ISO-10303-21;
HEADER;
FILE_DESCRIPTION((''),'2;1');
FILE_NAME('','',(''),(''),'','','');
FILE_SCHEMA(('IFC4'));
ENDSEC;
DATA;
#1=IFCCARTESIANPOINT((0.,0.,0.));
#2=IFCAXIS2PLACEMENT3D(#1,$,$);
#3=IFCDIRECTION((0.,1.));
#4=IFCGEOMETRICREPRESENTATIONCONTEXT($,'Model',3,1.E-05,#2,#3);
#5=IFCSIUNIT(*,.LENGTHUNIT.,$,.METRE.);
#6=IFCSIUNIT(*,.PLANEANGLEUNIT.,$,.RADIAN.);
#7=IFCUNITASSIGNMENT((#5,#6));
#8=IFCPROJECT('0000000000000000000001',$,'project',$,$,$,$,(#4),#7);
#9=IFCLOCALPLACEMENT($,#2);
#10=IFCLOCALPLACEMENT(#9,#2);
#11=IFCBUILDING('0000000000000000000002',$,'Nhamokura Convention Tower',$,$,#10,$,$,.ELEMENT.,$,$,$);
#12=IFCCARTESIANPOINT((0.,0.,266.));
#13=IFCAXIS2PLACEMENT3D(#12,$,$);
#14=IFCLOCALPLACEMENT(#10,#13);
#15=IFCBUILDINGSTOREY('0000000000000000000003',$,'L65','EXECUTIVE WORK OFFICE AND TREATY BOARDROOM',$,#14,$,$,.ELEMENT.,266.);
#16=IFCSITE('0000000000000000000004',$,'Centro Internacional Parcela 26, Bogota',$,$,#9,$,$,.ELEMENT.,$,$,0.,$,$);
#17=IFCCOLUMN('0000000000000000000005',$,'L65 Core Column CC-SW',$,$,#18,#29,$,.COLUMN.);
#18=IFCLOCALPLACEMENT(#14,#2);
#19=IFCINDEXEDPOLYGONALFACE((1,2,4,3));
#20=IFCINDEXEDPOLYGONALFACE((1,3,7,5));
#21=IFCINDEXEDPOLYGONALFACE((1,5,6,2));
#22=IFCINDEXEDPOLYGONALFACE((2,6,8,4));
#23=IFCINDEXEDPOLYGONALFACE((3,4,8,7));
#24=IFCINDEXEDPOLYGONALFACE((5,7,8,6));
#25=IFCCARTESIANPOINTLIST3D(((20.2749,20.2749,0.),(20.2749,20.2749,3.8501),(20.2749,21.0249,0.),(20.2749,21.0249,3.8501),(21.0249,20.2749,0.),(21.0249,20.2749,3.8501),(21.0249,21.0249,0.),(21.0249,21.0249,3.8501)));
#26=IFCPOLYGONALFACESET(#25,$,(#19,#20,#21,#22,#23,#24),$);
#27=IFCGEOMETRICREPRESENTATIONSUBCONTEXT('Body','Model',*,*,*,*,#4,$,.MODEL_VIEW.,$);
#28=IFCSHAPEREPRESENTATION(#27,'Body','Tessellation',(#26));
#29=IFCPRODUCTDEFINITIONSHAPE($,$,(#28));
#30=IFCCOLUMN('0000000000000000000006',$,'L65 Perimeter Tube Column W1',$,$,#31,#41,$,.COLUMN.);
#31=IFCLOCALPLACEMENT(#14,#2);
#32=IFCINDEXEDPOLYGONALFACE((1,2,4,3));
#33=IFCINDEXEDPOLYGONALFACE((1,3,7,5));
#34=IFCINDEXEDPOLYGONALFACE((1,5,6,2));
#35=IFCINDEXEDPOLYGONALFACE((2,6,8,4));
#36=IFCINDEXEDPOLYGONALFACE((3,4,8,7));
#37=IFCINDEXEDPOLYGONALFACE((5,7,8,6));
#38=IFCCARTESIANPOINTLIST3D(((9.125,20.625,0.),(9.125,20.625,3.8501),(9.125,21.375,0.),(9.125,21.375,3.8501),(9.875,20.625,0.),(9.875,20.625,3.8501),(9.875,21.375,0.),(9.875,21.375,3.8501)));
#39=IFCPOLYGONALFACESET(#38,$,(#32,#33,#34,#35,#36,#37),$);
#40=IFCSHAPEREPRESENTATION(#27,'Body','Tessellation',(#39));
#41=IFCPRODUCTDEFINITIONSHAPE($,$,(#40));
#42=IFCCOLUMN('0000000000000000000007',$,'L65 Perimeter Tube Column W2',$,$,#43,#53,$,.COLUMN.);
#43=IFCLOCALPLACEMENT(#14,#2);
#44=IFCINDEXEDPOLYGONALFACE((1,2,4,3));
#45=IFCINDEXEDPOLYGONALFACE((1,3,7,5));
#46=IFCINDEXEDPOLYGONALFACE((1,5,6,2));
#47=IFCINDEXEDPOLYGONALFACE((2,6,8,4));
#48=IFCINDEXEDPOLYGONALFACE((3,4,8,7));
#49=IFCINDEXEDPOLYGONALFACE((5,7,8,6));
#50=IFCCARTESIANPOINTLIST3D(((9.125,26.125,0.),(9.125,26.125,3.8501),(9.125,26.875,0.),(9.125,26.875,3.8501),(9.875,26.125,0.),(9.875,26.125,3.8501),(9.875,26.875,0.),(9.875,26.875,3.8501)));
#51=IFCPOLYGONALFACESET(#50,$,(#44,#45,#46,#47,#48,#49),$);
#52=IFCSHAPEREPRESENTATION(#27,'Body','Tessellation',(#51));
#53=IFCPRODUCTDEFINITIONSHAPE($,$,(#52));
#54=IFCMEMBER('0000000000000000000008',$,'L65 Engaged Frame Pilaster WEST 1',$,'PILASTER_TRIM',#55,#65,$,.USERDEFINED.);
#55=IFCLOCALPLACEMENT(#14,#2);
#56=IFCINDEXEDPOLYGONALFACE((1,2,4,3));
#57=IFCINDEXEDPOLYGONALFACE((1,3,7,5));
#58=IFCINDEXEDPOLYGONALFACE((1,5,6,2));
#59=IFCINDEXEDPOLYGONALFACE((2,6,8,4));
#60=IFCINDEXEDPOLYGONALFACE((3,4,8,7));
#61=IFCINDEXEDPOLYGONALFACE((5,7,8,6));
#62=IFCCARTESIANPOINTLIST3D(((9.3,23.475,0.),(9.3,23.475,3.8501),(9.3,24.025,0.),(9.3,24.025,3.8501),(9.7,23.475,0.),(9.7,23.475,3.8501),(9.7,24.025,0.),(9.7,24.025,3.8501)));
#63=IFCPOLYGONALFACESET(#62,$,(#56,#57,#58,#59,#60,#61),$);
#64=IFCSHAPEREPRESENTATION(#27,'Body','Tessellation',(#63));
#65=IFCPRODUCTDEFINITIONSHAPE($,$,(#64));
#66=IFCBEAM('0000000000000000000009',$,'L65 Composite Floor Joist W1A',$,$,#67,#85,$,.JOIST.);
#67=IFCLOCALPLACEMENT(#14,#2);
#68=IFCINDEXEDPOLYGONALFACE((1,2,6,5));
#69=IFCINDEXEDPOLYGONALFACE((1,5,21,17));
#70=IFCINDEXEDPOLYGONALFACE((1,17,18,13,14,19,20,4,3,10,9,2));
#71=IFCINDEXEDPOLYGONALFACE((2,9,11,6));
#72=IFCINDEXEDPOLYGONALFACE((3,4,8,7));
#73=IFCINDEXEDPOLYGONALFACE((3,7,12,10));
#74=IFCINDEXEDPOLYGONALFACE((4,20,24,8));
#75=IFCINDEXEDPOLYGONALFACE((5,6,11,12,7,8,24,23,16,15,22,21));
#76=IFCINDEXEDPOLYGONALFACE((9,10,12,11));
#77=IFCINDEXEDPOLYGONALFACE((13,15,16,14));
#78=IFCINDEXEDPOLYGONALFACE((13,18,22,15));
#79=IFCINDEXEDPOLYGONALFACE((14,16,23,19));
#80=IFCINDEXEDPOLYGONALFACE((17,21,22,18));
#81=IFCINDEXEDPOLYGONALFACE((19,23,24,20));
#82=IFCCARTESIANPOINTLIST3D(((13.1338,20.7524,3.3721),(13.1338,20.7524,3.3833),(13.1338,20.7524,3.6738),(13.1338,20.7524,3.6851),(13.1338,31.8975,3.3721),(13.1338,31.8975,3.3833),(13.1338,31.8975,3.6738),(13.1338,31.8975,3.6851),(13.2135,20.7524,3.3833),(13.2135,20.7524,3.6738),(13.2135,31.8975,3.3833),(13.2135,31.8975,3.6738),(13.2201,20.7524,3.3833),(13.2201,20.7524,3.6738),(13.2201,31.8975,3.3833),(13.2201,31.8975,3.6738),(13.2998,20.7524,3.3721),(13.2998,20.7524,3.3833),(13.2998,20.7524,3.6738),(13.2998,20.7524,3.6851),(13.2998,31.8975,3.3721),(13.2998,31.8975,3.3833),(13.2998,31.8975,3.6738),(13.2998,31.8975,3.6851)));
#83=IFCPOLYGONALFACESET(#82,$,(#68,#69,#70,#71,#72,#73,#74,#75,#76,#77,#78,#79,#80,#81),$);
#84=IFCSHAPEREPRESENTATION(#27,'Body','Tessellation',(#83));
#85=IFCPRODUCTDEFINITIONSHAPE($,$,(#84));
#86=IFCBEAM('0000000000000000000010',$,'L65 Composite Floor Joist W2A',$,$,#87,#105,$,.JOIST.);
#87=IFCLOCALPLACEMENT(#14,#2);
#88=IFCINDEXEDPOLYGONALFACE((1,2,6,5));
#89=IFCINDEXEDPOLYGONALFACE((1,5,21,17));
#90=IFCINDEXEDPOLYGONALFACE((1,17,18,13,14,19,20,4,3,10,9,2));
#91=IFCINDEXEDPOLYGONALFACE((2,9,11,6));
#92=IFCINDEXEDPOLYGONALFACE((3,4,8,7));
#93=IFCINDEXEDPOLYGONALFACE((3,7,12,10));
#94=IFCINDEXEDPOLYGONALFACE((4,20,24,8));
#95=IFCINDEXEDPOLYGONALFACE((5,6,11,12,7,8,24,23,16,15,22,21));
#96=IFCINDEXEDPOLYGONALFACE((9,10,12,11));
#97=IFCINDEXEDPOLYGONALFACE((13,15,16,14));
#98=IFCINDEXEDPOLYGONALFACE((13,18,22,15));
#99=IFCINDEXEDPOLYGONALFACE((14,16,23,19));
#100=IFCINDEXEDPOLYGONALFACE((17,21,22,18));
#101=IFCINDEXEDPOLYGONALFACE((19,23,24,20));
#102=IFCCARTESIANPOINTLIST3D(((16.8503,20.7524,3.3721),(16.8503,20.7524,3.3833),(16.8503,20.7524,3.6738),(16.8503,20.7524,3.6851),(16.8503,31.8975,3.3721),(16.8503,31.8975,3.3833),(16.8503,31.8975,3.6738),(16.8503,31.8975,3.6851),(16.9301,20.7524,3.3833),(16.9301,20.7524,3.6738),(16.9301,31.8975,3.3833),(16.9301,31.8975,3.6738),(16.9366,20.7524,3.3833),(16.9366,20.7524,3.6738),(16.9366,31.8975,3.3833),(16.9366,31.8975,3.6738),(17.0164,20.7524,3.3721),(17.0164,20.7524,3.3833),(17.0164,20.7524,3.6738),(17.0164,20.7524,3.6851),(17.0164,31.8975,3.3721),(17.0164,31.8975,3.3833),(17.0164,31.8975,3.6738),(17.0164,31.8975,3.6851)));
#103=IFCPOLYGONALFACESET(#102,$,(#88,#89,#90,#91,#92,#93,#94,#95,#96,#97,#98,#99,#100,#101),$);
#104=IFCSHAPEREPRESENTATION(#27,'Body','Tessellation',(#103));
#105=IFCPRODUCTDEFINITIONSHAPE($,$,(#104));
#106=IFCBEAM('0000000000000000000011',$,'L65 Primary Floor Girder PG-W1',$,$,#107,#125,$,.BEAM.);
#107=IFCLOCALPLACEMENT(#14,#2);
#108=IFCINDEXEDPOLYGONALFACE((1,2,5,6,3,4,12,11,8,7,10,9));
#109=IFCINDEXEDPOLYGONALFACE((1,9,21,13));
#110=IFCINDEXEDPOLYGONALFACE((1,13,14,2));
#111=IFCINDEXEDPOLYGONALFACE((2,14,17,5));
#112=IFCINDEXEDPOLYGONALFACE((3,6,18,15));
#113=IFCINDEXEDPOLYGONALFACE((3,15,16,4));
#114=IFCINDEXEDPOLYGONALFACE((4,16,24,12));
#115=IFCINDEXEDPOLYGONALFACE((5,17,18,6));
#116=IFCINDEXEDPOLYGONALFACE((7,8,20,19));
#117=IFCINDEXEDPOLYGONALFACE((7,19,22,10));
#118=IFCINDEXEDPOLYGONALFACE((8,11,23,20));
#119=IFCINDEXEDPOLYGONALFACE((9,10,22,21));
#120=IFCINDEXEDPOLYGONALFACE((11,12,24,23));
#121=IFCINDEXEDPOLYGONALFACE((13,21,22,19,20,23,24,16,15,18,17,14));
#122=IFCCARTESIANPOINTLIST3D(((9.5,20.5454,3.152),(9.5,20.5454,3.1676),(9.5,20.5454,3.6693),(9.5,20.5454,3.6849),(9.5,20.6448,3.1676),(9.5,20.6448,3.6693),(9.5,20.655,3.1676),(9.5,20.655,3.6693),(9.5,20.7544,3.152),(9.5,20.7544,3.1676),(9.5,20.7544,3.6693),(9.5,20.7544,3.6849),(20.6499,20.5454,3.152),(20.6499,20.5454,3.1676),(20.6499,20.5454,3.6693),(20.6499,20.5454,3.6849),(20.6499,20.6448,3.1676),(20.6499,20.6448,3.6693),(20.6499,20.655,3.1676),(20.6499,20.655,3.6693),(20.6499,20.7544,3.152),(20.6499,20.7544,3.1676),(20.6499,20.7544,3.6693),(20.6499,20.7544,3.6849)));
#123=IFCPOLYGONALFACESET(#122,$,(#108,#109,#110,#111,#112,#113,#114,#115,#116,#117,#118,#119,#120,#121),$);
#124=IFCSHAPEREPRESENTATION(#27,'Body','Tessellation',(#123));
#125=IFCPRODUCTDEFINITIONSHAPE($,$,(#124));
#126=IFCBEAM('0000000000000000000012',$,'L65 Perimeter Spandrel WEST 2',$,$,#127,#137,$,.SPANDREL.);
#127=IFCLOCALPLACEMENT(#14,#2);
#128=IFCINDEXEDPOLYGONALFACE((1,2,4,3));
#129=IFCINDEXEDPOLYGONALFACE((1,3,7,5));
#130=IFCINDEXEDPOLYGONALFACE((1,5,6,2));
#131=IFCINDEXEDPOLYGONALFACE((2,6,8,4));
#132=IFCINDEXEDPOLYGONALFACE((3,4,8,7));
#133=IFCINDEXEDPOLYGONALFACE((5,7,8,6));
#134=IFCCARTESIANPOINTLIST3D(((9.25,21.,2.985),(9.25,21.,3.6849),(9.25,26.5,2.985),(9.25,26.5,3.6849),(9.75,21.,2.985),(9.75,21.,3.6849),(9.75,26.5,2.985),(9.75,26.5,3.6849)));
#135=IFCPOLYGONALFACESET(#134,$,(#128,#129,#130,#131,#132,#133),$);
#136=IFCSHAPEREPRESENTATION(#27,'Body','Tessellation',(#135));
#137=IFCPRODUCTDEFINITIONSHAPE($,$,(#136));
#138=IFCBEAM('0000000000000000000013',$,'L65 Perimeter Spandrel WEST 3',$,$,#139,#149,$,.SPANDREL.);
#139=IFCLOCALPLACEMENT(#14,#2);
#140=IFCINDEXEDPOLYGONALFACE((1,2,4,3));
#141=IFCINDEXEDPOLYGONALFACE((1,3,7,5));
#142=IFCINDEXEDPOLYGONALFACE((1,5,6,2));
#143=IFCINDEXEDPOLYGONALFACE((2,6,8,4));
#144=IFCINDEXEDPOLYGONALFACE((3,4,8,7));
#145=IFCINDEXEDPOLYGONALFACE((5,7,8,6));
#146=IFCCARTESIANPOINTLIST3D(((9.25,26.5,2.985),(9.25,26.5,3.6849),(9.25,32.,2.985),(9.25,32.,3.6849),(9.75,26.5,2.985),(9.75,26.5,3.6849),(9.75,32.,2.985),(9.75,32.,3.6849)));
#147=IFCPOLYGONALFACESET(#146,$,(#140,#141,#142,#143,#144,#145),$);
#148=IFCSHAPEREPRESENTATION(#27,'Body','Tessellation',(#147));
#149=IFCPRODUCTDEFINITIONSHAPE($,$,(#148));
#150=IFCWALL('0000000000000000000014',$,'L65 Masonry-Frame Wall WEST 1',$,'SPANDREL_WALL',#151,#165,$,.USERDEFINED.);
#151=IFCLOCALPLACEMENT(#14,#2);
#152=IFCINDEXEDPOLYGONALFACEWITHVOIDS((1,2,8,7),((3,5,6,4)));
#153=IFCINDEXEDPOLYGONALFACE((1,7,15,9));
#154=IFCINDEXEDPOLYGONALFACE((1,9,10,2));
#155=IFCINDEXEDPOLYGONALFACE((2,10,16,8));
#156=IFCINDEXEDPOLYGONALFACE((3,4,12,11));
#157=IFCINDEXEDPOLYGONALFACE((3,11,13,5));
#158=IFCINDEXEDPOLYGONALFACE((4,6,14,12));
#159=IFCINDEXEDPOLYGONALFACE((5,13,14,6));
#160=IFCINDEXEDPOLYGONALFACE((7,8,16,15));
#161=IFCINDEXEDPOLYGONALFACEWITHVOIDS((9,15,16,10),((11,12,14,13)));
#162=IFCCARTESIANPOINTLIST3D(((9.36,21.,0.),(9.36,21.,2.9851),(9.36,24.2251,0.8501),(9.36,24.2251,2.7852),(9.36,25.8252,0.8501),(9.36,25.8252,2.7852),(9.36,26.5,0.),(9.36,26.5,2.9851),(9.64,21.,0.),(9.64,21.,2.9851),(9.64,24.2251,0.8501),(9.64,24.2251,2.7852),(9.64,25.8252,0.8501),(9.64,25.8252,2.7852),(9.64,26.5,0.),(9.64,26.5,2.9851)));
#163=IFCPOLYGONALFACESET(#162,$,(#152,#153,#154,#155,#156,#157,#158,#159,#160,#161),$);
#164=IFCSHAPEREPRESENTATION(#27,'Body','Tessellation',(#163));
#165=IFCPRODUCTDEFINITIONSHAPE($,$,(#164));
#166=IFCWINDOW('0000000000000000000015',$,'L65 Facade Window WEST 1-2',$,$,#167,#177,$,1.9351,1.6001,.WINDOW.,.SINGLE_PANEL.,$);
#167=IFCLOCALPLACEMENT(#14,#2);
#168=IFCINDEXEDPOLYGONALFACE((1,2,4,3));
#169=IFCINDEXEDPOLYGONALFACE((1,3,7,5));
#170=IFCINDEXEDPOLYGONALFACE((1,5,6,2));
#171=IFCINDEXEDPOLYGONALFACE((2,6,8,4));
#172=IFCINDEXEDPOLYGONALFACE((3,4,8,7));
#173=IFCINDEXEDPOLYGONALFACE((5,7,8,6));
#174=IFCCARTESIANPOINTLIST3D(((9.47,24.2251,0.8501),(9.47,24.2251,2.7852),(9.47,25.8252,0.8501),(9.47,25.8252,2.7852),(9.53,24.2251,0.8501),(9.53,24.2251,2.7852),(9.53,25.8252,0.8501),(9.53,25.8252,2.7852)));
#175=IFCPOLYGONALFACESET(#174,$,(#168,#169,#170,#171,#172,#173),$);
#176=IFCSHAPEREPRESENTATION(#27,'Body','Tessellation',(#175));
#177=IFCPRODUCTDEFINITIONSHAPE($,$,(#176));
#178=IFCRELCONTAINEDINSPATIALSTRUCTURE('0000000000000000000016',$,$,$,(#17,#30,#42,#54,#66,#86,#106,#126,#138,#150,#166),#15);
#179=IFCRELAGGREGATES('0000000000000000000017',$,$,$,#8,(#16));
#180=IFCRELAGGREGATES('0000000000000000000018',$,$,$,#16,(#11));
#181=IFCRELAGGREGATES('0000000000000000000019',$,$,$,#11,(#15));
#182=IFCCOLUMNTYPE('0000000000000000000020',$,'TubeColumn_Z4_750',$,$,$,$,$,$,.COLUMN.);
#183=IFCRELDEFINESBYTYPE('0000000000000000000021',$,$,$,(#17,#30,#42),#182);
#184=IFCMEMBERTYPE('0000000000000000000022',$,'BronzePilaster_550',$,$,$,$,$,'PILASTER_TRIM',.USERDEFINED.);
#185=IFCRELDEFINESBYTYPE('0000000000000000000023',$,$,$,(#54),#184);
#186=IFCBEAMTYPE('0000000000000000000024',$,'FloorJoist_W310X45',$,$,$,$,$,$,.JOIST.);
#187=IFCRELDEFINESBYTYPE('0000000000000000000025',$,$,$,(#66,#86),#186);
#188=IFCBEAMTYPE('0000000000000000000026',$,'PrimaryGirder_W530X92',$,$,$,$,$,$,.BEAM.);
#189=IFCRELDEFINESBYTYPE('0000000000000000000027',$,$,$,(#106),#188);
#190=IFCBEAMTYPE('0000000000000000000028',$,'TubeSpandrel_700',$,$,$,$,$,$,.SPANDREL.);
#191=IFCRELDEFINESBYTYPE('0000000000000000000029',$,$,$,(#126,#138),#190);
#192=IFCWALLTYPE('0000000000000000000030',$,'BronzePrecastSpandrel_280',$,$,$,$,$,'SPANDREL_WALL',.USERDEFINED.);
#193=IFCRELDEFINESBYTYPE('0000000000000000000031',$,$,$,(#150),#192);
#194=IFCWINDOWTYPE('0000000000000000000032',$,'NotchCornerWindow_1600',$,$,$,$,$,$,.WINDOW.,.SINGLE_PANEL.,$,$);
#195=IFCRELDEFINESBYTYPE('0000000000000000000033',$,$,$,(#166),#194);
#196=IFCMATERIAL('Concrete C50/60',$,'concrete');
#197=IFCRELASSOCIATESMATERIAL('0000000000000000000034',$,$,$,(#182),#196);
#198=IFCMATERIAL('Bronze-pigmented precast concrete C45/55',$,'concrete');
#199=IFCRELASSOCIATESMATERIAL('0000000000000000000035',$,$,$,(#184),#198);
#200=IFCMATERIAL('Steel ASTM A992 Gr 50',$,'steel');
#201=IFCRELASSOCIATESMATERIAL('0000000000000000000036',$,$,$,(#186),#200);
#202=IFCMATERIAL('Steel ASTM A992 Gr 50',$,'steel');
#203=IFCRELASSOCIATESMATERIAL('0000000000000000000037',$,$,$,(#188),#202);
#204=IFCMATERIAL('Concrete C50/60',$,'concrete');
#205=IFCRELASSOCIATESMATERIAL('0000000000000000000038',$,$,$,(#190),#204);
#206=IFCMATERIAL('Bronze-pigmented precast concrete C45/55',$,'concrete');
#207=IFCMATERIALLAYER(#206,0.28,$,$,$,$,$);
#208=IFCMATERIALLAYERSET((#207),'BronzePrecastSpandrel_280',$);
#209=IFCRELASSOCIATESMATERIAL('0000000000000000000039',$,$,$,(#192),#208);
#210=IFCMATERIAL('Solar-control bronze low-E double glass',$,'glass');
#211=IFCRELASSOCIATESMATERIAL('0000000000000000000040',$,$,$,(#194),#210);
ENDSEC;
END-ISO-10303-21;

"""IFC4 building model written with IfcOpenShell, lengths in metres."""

from ifc_helpers import new_model, si_unit, direction, frame, frame_2d, origin, origin_2d, place, context, subcontext, project, spatial, rectangle, i_section, extrude, material, layer, layer_set, material_profile, profile_set, type_object, element, fill, save


model = new_model("IFC4")

# Units and contexts
model_context = context("Model", 3, precision=1e-05, world=origin(), true_north=direction((0.0, 1.0)))
body_context = subcontext(model_context, "Body", "Model", "MODEL_VIEW")
ifc_project = project(units=[si_unit("LENGTHUNIT", "METRE"), si_unit("PLANEANGLEUNIT", "RADIAN")], contexts=[model_context])

# Site, building, storey
site_placement = place(None, origin())
site = spatial("IfcSite", under=ifc_project, at=site_placement, Name="Centro Internacional Parcela 26, Bogota", CompositionType="ELEMENT", RefElevation=0.0)
building_placement = place(site_placement, origin())
building = spatial("IfcBuilding", under=site, at=building_placement, Name="Nhamokura Convention Tower", CompositionType="ELEMENT")
storey_placement = place(building_placement, frame((0.0, 0.0, 266.0)))
storey = spatial("IfcBuildingStorey", under=building, at=storey_placement, Name="L65", Description="EXECUTIVE WORK OFFICE AND TREATY BOARDROOM", CompositionType="ELEMENT", Elevation=266.0)

# Columns
ifc_material_1 = material(Name="Concrete C50/60", Category="concrete")
ifc_material_profile_1 = material_profile(ifc_material_1, rectangle(XDim=0.75, YDim=0.75, at=origin_2d()))
ifc_profile_set_1 = profile_set([ifc_material_profile_1], Name="Concrete C50/60")
column_type = type_object("IfcColumnType", Name="TubeColumn_Z4_750", PredefinedType="COLUMN", material=ifc_profile_set_1)
for number, where, z_axis, x_axis, name in (
    (1, (20.6499, 20.6499, 0.0), (0.0, 0.0, 1.0), (1.0, 0.0, 0.0), "L65 Core Column CC-SW"),
    (2, (9.5, 21.0, 0.0), (0.0, 0.0, 1.0), (1.0, 0.0, 0.0), "L65 Perimeter Tube Column W1"),
    (3, (9.5, 26.5, 0.0), (0.0, 0.0, 1.0), (1.0, 0.0, 0.0), "L65 Perimeter Tube Column W2"),
):
    element("IfcColumn", number, at=place(storey_placement, frame(where, z_axis=z_axis, x_axis=x_axis)), inside=storey, type_object=column_type, Name=name, PredefinedType="COLUMN", context=body_context, shape_type="SweptSolid", body=[
        extrude(rectangle(XDim=0.75, YDim=0.75, at=origin_2d()), origin(), (0.0, 0.0, 1.0), 3.8501),
    ])

# Member
ifc_material_2 = material(Name="Bronze-pigmented precast concrete C45/55", Category="concrete")
ifc_material_profile_2 = material_profile(ifc_material_2, rectangle(XDim=0.3999, YDim=0.55, at=origin_2d()))
ifc_profile_set_2 = profile_set([ifc_material_profile_2], Name="Bronze-pigmented precast concrete C45/55")
member_type = type_object("IfcMemberType", Name="BronzePilaster_550", ElementType="PILASTER_TRIM", PredefinedType="USERDEFINED", material=ifc_profile_set_2)
member_placement = place(storey_placement, frame((9.5, 23.75, 0.0), z_axis=(0.0, 0.0, 1.0), x_axis=(1.0, 0.0, 0.0)))
element("IfcMember", 4, at=member_placement, inside=storey, type_object=member_type, Name="L65 Engaged Frame Pilaster WEST 1", ObjectType="PILASTER_TRIM", PredefinedType="USERDEFINED", context=body_context, shape_type="SweptSolid", body=[
    extrude(rectangle(XDim=0.3999, YDim=0.55, at=origin_2d()), origin(), (0.0, 0.0, 1.0), 3.8501),
])

# Beams
ifc_material_3 = material(Name="Steel ASTM A992 Gr 50", Category="steel")
ifc_material_profile_3 = material_profile(ifc_material_3, i_section(OverallWidth=0.166, OverallDepth=0.313, WebThickness=0.0066, FlangeThickness=0.0112, at=origin_2d()))
ifc_profile_set_3 = profile_set([ifc_material_profile_3], Name="Steel ASTM A992 Gr 50")
beam_type_1 = type_object("IfcBeamType", Name="FloorJoist_W310X45", PredefinedType="JOIST", material=ifc_profile_set_3)
for number, where, z_axis, x_axis, name in (
    (5, (13.2168, 20.7524, 3.5286), (0.0, 1.0, 0.0), (-1.0, 0.0, 0.0), "L65 Composite Floor Joist W1A"),
    (6, (16.9333, 20.7524, 3.5286), (0.0, 1.0, 0.0), (-1.0, 0.0, 0.0), "L65 Composite Floor Joist W2A"),
):
    element("IfcBeam", number, at=place(storey_placement, frame(where, z_axis=z_axis, x_axis=x_axis)), inside=storey, type_object=beam_type_1, Name=name, PredefinedType="JOIST", context=body_context, shape_type="SweptSolid", body=[
        extrude(i_section(OverallWidth=0.166, OverallDepth=0.313, WebThickness=0.0066, FlangeThickness=0.0112, at=origin_2d()), origin(), (0.0, 0.0, 1.0), 11.145),
    ])
ifc_material_4 = material(Name="Steel ASTM A992 Gr 50", Category="steel")
ifc_material_profile_4 = material_profile(ifc_material_4, i_section(OverallWidth=0.209, OverallDepth=0.533, WebThickness=0.0103, FlangeThickness=0.0156, at=origin_2d()))
ifc_profile_set_4 = profile_set([ifc_material_profile_4], Name="Steel ASTM A992 Gr 50")
beam_type_2 = type_object("IfcBeamType", Name="PrimaryGirder_W530X92", PredefinedType="BEAM", material=ifc_profile_set_4)
beam_placement = place(storey_placement, frame((9.5, 20.6499, 3.4185), z_axis=(1.0, 0.0, 0.0), x_axis=(0.0, 1.0, 0.0)))
element("IfcBeam", 7, at=beam_placement, inside=storey, type_object=beam_type_2, Name="L65 Primary Floor Girder PG-W1", PredefinedType="BEAM", context=body_context, shape_type="SweptSolid", body=[
    extrude(i_section(OverallWidth=0.209, OverallDepth=0.533, WebThickness=0.0103, FlangeThickness=0.0156, at=origin_2d()), origin(), (0.0, 0.0, 1.0), 11.1499),
])
ifc_material_5 = material(Name="Concrete C50/60", Category="concrete")
ifc_material_profile_5 = material_profile(ifc_material_5, rectangle(XDim=0.5, YDim=0.7, at=origin_2d()))
ifc_profile_set_5 = profile_set([ifc_material_profile_5], Name="Concrete C50/60")
beam_type_3 = type_object("IfcBeamType", Name="TubeSpandrel_700", PredefinedType="SPANDREL", material=ifc_profile_set_5)
for number, where, z_axis, x_axis, name in (
    (8, (9.5, 21.0, 3.335), (0.0, 1.0, 0.0), (-1.0, 0.0, 0.0), "L65 Perimeter Spandrel WEST 2"),
    (9, (9.5, 26.5, 3.335), (0.0, 1.0, 0.0), (-1.0, 0.0, 0.0), "L65 Perimeter Spandrel WEST 3"),
):
    element("IfcBeam", number, at=place(storey_placement, frame(where, z_axis=z_axis, x_axis=x_axis)), inside=storey, type_object=beam_type_3, Name=name, PredefinedType="SPANDREL", context=body_context, shape_type="SweptSolid", body=[
        extrude(rectangle(XDim=0.5, YDim=0.7, at=origin_2d()), origin(), (0.0, 0.0, 1.0), 5.5),
    ])

# Wall, opening, window
ifc_material_6 = material(Name="Bronze-pigmented precast concrete C45/55", Category="concrete")
ifc_layer_1 = layer(ifc_material_6, 0.28)
ifc_layer_set_1 = layer_set([ifc_layer_1], Name="BronzePrecastSpandrel_280")
wall_type_1 = type_object("IfcWallType", Name="BronzePrecastSpandrel_280", ElementType="SPANDREL_WALL", PredefinedType="USERDEFINED", material=ifc_layer_set_1)
wall_1_placement = place(storey_placement, frame((9.5, 21.0, 0.0), z_axis=(0.0, 0.0, 1.0), x_axis=(0.0, 1.0, 0.0)))
wall_1 = element("IfcWall", 10, at=wall_1_placement, inside=storey, type_object=wall_type_1, Name="L65 Masonry-Frame Wall WEST 1", ObjectType="SPANDREL_WALL", PredefinedType="USERDEFINED", context=body_context, shape_type="SweptSolid", body=[
    extrude(rectangle(XDim=5.5, YDim=0.28, at=frame_2d((2.75, 0.0))), origin(), (0.0, 0.0, 1.0), 2.9851),
])
opening_1_placement = place(wall_1_placement, frame((3.2251, 0.0, 0.8501)))
opening_1 = element("IfcOpeningElement", 11, at=opening_1_placement, cuts=wall_1, PredefinedType="OPENING", context=body_context, shape_type="SweptSolid", body=[
    extrude(rectangle(XDim=1.6001, YDim=1.9351, at=frame_2d((0.8, 0.9675))), frame((0.0, 0.1499, 0.0), z_axis=(0.0, -1.0, 0.0), x_axis=(1.0, 0.0, 0.0)), (0.0, 0.0, 1.0), 0.3),
])
ifc_material_7 = material(Name="Solar-control bronze low-E double glass", Category="glass")
window_type_1 = type_object("IfcWindowType", Name="NotchCornerWindow_1600", PartitioningType="SINGLE_PANEL", PredefinedType="WINDOW", material=ifc_material_7)
window_1_placement = place(opening_1_placement, origin())
window_1 = element("IfcWindow", 12, at=window_1_placement, inside=storey, type_object=window_type_1, Name="L65 Facade Window WEST 1-2", OverallHeight=1.9351, OverallWidth=1.6001, PartitioningType="SINGLE_PANEL", PredefinedType="WINDOW", context=body_context, shape_type="SweptSolid", body=[
    extrude(rectangle(XDim=1.6001, YDim=1.9351, at=frame_2d((0.8, 0.9675))), frame((0.0, 0.03, 0.0), z_axis=(0.0, -1.0, 0.0), x_axis=(1.0, 0.0, 0.0)), (0.0, 0.0, 1.0), 0.0601),
])
fill(opening_1, window_1)

save(model, "model.ifc")
